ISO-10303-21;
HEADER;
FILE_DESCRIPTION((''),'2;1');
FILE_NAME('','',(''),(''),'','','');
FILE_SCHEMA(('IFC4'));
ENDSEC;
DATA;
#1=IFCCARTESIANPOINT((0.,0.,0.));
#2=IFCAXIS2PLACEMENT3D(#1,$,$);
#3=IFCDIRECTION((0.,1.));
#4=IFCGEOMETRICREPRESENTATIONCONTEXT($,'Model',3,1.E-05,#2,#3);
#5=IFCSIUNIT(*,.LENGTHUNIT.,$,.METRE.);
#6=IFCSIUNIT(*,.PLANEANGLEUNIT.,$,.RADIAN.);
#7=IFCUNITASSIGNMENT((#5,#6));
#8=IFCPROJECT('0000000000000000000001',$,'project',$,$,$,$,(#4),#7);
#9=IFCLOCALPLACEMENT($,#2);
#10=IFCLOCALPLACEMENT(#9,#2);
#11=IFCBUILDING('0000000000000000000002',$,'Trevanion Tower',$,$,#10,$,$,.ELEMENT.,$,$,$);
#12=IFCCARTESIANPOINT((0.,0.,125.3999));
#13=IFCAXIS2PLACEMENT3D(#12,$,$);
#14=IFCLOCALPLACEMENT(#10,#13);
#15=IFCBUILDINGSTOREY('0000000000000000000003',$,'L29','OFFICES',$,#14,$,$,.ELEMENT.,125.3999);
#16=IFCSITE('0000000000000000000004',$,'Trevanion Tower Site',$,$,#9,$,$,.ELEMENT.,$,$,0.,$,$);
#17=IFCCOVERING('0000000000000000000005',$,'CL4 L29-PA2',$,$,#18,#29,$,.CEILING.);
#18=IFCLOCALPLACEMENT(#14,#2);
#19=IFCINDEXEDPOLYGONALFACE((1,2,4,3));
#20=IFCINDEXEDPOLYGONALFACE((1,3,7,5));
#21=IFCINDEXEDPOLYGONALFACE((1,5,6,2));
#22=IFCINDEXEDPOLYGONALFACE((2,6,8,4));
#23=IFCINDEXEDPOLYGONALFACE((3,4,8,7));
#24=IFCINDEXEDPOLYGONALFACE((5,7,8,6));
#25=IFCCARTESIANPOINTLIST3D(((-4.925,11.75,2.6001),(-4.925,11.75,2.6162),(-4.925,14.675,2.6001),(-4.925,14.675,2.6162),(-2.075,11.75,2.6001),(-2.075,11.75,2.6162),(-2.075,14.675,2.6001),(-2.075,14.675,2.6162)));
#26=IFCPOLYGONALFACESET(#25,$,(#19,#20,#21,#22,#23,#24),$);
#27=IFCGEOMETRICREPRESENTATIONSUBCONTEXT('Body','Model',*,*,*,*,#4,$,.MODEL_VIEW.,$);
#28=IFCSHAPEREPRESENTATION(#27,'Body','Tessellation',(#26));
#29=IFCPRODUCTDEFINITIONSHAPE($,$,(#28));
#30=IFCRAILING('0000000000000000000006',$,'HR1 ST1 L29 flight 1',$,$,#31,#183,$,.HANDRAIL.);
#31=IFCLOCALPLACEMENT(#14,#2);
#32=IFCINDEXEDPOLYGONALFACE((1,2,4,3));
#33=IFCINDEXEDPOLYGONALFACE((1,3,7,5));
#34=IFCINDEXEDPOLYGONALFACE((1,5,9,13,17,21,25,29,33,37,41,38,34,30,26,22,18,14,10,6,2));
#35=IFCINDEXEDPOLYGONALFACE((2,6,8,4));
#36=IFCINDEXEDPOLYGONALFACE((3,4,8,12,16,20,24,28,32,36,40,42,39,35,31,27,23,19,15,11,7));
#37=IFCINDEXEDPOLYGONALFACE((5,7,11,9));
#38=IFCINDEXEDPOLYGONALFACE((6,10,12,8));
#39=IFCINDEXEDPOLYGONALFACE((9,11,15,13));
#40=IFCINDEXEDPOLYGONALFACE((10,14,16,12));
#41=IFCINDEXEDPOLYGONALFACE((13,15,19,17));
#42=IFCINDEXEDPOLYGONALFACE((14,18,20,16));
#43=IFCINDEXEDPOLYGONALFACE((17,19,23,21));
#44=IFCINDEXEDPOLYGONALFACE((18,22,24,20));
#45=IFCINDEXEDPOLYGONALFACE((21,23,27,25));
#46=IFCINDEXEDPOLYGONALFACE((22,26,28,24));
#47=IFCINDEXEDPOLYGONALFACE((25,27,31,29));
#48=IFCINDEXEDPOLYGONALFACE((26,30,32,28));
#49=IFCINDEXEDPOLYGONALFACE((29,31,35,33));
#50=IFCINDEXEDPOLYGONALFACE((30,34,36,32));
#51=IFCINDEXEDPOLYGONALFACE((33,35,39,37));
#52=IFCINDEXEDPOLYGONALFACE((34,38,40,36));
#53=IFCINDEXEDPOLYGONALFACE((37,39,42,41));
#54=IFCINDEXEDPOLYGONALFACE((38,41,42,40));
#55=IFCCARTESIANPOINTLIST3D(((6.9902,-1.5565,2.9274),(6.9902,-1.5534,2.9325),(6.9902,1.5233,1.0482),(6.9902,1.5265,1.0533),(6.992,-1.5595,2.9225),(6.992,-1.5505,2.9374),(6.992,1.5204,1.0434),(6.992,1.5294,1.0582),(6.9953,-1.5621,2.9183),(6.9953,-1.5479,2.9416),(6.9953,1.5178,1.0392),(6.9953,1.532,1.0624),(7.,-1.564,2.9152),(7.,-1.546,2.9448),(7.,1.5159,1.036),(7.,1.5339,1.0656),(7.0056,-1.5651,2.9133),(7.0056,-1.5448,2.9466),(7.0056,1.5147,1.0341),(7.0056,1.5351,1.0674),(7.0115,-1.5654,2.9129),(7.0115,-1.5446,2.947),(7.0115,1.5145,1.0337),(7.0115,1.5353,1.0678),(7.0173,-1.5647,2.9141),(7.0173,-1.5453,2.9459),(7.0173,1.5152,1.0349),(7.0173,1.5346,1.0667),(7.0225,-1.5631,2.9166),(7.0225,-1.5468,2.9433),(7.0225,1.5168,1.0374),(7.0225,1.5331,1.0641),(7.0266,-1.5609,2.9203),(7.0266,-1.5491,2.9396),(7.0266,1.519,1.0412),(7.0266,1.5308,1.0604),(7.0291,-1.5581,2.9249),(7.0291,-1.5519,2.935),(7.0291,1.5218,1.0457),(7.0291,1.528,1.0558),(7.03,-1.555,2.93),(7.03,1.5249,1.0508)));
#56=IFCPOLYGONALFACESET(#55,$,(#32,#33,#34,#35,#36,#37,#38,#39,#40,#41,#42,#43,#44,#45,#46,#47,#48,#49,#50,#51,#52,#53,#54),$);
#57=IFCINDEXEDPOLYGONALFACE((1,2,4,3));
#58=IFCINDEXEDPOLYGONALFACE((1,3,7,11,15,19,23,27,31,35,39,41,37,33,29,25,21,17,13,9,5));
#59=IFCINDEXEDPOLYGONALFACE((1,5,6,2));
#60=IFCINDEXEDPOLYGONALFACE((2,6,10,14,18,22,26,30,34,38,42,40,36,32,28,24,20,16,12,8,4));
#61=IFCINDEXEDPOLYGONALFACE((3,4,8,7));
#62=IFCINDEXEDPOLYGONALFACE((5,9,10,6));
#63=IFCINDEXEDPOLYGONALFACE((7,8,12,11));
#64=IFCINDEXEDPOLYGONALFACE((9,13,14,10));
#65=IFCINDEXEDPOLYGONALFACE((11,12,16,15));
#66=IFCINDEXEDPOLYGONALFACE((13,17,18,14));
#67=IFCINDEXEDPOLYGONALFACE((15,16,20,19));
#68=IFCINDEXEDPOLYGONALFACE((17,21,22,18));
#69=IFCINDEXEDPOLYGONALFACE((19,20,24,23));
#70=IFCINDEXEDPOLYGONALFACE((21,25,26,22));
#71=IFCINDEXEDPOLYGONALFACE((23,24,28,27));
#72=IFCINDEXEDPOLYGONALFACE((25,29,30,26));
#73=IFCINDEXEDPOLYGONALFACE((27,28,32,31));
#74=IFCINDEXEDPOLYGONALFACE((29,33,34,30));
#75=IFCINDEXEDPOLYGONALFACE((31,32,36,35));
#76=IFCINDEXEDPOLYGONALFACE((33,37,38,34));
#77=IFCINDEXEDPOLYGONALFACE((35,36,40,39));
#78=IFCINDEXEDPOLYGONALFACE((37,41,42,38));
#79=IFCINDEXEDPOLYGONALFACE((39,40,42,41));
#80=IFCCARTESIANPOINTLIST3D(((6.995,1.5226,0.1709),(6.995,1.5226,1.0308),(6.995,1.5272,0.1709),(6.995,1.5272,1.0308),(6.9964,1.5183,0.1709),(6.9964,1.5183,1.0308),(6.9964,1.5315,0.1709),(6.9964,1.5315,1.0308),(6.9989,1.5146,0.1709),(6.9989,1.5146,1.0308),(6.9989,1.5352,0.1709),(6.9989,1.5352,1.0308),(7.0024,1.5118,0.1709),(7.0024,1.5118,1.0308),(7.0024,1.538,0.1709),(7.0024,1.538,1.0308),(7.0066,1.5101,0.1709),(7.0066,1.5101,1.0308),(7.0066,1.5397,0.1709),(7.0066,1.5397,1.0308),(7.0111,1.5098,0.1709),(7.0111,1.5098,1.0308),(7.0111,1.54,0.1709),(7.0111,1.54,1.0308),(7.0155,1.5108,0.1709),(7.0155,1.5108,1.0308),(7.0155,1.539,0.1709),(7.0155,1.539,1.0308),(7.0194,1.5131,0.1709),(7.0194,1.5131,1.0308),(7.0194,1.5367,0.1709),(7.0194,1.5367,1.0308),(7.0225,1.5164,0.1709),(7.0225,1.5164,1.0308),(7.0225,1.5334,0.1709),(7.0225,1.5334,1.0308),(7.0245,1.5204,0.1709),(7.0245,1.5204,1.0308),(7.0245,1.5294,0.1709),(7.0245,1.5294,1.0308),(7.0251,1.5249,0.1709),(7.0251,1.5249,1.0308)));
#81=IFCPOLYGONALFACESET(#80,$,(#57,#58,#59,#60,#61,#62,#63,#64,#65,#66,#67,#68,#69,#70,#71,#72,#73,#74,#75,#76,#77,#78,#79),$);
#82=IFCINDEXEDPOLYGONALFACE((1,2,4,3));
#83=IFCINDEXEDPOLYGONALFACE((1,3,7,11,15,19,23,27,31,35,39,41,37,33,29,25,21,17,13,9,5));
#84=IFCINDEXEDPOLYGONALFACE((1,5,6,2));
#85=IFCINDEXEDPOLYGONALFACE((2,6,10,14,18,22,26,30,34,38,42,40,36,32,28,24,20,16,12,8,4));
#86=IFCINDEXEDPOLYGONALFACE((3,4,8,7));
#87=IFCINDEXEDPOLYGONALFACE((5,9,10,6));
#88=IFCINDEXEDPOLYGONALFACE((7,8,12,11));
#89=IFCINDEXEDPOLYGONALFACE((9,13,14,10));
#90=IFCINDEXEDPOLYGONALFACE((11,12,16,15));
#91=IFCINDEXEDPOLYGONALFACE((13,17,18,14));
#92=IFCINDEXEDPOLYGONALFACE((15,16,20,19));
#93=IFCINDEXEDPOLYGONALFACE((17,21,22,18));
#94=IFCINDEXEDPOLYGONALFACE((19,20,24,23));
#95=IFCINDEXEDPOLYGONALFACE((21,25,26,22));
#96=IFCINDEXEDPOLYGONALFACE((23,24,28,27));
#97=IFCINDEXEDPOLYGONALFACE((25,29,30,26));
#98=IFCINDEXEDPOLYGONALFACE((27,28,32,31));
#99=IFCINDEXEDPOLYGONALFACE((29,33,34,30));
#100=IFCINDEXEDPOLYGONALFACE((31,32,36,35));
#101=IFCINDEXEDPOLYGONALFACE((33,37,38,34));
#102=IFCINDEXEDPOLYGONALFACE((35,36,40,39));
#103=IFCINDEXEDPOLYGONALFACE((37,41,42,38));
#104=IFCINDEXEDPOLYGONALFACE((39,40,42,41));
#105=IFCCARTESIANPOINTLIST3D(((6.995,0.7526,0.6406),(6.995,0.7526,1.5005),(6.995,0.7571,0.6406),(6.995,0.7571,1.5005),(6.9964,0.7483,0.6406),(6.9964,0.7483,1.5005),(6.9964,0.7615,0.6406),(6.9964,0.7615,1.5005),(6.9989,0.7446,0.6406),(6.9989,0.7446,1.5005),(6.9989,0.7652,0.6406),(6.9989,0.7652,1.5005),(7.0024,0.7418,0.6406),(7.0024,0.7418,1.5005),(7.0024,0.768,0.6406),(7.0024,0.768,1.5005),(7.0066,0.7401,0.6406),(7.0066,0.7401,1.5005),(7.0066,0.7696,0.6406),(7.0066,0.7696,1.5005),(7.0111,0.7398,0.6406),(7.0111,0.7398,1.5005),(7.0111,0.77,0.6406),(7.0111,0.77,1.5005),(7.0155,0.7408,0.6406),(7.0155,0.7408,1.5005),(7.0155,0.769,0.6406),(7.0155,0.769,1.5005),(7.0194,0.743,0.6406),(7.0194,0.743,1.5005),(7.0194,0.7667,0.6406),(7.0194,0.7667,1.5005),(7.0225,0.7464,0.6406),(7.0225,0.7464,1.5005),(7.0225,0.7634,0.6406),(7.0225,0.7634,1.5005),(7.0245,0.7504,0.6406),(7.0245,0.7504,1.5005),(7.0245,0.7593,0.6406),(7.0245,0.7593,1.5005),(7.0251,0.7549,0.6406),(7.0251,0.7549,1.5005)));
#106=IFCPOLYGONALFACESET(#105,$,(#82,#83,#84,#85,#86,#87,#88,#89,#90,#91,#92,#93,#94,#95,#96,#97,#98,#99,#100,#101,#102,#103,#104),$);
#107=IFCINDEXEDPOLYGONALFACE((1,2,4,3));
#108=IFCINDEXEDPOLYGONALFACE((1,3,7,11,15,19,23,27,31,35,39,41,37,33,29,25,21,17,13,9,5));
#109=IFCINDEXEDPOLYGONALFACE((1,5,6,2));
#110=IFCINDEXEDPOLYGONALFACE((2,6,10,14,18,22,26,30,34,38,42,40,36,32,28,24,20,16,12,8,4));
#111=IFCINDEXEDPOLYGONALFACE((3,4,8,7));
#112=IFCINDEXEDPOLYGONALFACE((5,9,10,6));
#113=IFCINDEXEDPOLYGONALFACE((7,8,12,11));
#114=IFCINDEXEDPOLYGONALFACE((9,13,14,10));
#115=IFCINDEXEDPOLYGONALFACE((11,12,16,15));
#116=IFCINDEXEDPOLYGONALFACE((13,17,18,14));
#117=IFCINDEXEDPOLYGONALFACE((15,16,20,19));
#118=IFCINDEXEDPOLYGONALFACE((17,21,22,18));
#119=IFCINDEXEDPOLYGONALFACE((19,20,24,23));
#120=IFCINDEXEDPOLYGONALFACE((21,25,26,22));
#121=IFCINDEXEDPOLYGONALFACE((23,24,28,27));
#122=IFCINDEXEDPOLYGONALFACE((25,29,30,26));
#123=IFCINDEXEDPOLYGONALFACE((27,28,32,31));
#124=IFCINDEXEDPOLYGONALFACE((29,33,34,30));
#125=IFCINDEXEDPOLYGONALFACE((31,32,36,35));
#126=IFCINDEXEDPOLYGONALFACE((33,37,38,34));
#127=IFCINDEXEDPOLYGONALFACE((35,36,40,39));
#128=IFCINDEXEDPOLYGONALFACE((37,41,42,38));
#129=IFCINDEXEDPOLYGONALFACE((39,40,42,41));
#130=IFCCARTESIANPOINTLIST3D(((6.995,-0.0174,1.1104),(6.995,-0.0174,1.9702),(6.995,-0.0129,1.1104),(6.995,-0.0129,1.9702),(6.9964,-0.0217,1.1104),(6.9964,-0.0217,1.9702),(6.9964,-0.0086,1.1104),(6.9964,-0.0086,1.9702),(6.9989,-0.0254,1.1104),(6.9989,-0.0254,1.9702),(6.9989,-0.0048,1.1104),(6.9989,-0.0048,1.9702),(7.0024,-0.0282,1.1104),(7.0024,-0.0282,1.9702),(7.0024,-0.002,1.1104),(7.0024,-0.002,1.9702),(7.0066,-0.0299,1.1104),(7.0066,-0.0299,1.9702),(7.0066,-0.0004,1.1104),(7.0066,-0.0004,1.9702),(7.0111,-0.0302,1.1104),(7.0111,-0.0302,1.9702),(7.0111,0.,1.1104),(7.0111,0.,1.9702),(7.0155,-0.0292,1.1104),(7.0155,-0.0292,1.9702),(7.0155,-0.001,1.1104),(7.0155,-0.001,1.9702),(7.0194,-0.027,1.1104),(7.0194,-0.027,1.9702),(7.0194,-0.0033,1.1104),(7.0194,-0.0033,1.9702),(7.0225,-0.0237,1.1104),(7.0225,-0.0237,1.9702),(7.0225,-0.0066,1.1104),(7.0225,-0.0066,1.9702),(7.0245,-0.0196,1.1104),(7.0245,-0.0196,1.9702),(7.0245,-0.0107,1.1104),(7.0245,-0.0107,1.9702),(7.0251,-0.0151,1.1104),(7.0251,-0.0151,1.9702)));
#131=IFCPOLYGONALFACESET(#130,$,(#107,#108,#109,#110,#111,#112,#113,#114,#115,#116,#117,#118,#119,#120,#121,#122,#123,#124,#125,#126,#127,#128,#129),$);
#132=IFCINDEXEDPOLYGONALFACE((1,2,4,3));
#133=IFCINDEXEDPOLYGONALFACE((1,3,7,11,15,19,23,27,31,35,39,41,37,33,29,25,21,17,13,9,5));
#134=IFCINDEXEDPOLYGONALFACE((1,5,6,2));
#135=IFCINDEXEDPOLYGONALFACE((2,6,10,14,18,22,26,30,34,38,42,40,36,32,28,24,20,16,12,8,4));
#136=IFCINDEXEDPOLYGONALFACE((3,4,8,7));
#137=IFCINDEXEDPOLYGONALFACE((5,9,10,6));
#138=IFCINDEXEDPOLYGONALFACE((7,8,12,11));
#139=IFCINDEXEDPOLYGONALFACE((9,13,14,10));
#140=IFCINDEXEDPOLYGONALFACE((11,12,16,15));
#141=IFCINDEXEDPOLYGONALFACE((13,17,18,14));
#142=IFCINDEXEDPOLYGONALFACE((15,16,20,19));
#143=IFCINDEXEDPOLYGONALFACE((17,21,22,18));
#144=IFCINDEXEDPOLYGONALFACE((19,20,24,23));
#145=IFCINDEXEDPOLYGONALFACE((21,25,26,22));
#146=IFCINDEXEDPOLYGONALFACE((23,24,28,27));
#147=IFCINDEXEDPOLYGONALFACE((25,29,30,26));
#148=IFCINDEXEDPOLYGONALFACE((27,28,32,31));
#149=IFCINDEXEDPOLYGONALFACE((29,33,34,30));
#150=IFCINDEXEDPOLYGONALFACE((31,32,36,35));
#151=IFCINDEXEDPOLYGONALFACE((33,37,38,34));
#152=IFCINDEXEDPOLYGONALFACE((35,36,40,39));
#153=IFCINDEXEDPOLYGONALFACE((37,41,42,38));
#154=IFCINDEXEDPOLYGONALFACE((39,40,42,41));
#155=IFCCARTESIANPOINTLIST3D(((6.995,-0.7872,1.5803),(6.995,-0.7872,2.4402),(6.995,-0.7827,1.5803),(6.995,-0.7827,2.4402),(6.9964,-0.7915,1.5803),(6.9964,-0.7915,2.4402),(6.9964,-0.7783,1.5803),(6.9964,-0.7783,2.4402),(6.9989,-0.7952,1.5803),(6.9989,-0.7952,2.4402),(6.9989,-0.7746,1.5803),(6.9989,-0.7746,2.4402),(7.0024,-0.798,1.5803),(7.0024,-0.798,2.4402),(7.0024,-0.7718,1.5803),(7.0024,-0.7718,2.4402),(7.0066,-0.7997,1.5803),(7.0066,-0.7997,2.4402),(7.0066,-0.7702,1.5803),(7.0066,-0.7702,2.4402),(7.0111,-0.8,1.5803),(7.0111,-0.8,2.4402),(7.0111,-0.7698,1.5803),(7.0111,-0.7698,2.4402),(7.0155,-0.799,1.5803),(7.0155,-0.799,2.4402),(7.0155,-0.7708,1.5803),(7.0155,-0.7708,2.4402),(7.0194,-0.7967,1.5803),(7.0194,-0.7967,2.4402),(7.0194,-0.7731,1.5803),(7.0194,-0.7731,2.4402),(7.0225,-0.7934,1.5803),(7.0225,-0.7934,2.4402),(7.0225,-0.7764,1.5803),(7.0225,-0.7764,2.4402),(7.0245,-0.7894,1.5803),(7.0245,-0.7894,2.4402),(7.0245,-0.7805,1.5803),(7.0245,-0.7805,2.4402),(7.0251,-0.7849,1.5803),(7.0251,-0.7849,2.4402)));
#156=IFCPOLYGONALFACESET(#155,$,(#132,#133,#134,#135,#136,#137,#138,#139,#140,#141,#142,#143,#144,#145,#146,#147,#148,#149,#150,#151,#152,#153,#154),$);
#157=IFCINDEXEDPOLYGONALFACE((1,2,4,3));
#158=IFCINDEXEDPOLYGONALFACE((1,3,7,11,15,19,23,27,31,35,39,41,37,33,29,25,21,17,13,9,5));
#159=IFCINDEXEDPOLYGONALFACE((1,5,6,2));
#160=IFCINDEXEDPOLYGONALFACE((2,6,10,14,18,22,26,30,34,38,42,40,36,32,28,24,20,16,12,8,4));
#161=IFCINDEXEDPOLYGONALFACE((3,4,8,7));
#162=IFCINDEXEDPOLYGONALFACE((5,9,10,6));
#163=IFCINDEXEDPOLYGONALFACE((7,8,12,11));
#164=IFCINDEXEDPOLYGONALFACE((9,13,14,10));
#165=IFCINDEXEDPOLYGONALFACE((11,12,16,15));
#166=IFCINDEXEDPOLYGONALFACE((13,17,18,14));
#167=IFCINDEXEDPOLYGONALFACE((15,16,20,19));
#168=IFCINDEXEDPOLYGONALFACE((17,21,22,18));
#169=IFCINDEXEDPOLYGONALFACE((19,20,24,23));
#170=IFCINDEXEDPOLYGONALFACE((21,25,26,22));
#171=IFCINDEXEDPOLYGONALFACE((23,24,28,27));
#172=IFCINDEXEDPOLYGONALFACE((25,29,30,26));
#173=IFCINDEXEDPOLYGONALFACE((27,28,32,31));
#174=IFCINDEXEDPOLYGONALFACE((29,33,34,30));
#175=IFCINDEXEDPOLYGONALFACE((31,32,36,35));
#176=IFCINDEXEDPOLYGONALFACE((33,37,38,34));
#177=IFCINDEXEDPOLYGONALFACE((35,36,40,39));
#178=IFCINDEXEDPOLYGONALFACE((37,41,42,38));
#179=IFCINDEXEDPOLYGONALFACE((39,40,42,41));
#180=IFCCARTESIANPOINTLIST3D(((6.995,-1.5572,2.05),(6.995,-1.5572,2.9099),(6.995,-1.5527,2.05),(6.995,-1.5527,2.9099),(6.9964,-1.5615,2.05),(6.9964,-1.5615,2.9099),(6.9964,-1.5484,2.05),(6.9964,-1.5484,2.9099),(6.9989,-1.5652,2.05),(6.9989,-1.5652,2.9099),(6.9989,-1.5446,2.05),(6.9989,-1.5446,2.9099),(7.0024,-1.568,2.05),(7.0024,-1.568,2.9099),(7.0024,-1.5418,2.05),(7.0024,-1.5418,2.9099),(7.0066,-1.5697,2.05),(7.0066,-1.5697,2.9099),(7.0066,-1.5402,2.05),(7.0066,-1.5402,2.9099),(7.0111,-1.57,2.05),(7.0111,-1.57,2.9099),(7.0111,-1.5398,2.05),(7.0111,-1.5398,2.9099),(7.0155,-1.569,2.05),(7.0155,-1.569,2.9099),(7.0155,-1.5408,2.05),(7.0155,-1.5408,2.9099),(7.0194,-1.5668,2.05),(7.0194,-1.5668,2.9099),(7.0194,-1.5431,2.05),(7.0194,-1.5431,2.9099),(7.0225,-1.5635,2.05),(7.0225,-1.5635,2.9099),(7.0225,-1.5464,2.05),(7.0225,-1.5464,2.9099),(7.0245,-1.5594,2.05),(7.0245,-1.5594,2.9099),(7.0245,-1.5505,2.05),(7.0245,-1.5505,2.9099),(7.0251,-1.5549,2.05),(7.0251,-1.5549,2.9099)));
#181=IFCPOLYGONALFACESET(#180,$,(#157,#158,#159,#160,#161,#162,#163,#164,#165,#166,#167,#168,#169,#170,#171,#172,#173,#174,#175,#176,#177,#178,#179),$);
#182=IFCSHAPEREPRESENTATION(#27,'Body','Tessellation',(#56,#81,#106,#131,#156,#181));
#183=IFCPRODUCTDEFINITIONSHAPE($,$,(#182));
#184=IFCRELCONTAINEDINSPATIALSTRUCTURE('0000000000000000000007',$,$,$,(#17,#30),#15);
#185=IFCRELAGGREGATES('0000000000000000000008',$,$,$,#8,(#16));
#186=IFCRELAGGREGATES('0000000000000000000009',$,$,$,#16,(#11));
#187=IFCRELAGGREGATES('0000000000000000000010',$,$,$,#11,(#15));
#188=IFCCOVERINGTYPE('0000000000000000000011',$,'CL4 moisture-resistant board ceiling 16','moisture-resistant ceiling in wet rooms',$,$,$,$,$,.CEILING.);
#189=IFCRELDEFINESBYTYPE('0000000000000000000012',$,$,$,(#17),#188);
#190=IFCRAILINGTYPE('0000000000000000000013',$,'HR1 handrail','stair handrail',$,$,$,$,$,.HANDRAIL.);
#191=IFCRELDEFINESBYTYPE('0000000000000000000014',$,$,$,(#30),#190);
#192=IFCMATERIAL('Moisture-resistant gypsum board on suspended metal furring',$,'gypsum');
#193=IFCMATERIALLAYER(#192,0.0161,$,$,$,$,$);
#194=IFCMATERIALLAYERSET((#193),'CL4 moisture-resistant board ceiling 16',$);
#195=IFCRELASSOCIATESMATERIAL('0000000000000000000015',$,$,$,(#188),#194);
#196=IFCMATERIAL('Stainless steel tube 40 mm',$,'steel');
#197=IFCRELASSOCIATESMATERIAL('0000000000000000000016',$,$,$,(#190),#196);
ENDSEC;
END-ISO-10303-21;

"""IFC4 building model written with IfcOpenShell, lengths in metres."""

from ifc_helpers import new_model, si_unit, direction, frame, origin, origin_2d, place, context, subcontext, project, spatial, polyline, circle, outline, extrude, material, layer, layer_set, type_object, element, save


model = new_model("IFC4")

# Units and contexts
model_context = context("Model", 3, precision=1e-05, world=origin(), true_north=direction((0.0, 1.0)))
body_context = subcontext(model_context, "Body", "Model", "MODEL_VIEW")
ifc_project = project(units=[si_unit("LENGTHUNIT", "METRE"), si_unit("PLANEANGLEUNIT", "RADIAN")], contexts=[model_context])

# Site, building, storey
site_placement = place(None, origin())
site = spatial("IfcSite", under=ifc_project, at=site_placement, Name="Trevanion Tower Site", CompositionType="ELEMENT", RefElevation=0.0)
building_placement = place(site_placement, origin())
building = spatial("IfcBuilding", under=site, at=building_placement, Name="Trevanion Tower", CompositionType="ELEMENT")
storey_placement = place(building_placement, frame((0.0, 0.0, 125.3999)))
storey = spatial("IfcBuildingStorey", under=building, at=storey_placement, Name="L29", Description="OFFICES", CompositionType="ELEMENT", Elevation=125.3999)

# Covering
ifc_material_1 = material(Name="Moisture-resistant gypsum board on suspended metal furring", Category="gypsum")
ifc_layer_1 = layer(ifc_material_1, 0.0161)
ifc_layer_set_1 = layer_set([ifc_layer_1], Name="CL4 moisture-resistant board ceiling 16")
covering_type_1 = type_object("IfcCoveringType", Name="CL4 moisture-resistant board ceiling 16", Description="moisture-resistant ceiling in wet rooms", PredefinedType="CEILING", material=ifc_layer_set_1)
covering_1_placement = place(storey_placement, frame((0.0, 0.0, 2.6001)))
element("IfcCovering", 1, at=covering_1_placement, inside=storey, type_object=covering_type_1, Name="CL4 L29-PA2", PredefinedType="CEILING", context=body_context, shape_type="SweptSolid", body=[
    extrude(outline(polyline([(-4.925, 14.675), (-2.075, 14.675), (-2.075, 11.75), (-4.925, 11.75), (-4.925, 14.675)])), origin(), (0.0, 0.0, 1.0), 0.0161),
])

# Railing
ifc_material_2 = material(Name="Stainless steel tube 40 mm", Category="steel")
railing_type = type_object("IfcRailingType", Name="HR1 handrail", Description="stair handrail", PredefinedType="HANDRAIL", material=ifc_material_2)
for number, where, name in (
    (2, (7.01, 1.5249, 0.1709), "HR1 ST1 L29 flight 1"),
):
    element("IfcRailing", number, at=place(storey_placement, frame(where)), inside=storey, type_object=railing_type, Name=name, PredefinedType="HANDRAIL", context=body_context, shape_type="SweptSolid", body=[
        extrude(circle(Radius=0.02, at=origin_2d()), frame((0.0, 0.0, 0.8799), z_axis=(0.0, -0.853648, 0.52085), x_axis=(1.0, 0.0, 0.0)), (0.0, 0.0, 1.0), 3.6079),
        extrude(circle(Radius=0.0151, at=origin_2d()), origin(), (0.0, 0.0, 1.0), 0.8599),
        extrude(circle(Radius=0.0151, at=origin_2d()), frame((0.0, -0.77, 0.4697)), (0.0, 0.0, 1.0), 0.8599),
        extrude(circle(Radius=0.0151, at=origin_2d()), frame((0.0, -1.54, 0.9395)), (0.0, 0.0, 1.0), 0.8599),
        extrude(circle(Radius=0.0151, at=origin_2d()), frame((0.0, -2.3098, 1.4094)), (0.0, 0.0, 1.0), 0.8599),
        extrude(circle(Radius=0.0151, at=origin_2d()), frame((0.0, -3.0798, 1.8792)), (0.0, 0.0, 1.0), 0.8599),
    ])

save(model, "model.ifc")
